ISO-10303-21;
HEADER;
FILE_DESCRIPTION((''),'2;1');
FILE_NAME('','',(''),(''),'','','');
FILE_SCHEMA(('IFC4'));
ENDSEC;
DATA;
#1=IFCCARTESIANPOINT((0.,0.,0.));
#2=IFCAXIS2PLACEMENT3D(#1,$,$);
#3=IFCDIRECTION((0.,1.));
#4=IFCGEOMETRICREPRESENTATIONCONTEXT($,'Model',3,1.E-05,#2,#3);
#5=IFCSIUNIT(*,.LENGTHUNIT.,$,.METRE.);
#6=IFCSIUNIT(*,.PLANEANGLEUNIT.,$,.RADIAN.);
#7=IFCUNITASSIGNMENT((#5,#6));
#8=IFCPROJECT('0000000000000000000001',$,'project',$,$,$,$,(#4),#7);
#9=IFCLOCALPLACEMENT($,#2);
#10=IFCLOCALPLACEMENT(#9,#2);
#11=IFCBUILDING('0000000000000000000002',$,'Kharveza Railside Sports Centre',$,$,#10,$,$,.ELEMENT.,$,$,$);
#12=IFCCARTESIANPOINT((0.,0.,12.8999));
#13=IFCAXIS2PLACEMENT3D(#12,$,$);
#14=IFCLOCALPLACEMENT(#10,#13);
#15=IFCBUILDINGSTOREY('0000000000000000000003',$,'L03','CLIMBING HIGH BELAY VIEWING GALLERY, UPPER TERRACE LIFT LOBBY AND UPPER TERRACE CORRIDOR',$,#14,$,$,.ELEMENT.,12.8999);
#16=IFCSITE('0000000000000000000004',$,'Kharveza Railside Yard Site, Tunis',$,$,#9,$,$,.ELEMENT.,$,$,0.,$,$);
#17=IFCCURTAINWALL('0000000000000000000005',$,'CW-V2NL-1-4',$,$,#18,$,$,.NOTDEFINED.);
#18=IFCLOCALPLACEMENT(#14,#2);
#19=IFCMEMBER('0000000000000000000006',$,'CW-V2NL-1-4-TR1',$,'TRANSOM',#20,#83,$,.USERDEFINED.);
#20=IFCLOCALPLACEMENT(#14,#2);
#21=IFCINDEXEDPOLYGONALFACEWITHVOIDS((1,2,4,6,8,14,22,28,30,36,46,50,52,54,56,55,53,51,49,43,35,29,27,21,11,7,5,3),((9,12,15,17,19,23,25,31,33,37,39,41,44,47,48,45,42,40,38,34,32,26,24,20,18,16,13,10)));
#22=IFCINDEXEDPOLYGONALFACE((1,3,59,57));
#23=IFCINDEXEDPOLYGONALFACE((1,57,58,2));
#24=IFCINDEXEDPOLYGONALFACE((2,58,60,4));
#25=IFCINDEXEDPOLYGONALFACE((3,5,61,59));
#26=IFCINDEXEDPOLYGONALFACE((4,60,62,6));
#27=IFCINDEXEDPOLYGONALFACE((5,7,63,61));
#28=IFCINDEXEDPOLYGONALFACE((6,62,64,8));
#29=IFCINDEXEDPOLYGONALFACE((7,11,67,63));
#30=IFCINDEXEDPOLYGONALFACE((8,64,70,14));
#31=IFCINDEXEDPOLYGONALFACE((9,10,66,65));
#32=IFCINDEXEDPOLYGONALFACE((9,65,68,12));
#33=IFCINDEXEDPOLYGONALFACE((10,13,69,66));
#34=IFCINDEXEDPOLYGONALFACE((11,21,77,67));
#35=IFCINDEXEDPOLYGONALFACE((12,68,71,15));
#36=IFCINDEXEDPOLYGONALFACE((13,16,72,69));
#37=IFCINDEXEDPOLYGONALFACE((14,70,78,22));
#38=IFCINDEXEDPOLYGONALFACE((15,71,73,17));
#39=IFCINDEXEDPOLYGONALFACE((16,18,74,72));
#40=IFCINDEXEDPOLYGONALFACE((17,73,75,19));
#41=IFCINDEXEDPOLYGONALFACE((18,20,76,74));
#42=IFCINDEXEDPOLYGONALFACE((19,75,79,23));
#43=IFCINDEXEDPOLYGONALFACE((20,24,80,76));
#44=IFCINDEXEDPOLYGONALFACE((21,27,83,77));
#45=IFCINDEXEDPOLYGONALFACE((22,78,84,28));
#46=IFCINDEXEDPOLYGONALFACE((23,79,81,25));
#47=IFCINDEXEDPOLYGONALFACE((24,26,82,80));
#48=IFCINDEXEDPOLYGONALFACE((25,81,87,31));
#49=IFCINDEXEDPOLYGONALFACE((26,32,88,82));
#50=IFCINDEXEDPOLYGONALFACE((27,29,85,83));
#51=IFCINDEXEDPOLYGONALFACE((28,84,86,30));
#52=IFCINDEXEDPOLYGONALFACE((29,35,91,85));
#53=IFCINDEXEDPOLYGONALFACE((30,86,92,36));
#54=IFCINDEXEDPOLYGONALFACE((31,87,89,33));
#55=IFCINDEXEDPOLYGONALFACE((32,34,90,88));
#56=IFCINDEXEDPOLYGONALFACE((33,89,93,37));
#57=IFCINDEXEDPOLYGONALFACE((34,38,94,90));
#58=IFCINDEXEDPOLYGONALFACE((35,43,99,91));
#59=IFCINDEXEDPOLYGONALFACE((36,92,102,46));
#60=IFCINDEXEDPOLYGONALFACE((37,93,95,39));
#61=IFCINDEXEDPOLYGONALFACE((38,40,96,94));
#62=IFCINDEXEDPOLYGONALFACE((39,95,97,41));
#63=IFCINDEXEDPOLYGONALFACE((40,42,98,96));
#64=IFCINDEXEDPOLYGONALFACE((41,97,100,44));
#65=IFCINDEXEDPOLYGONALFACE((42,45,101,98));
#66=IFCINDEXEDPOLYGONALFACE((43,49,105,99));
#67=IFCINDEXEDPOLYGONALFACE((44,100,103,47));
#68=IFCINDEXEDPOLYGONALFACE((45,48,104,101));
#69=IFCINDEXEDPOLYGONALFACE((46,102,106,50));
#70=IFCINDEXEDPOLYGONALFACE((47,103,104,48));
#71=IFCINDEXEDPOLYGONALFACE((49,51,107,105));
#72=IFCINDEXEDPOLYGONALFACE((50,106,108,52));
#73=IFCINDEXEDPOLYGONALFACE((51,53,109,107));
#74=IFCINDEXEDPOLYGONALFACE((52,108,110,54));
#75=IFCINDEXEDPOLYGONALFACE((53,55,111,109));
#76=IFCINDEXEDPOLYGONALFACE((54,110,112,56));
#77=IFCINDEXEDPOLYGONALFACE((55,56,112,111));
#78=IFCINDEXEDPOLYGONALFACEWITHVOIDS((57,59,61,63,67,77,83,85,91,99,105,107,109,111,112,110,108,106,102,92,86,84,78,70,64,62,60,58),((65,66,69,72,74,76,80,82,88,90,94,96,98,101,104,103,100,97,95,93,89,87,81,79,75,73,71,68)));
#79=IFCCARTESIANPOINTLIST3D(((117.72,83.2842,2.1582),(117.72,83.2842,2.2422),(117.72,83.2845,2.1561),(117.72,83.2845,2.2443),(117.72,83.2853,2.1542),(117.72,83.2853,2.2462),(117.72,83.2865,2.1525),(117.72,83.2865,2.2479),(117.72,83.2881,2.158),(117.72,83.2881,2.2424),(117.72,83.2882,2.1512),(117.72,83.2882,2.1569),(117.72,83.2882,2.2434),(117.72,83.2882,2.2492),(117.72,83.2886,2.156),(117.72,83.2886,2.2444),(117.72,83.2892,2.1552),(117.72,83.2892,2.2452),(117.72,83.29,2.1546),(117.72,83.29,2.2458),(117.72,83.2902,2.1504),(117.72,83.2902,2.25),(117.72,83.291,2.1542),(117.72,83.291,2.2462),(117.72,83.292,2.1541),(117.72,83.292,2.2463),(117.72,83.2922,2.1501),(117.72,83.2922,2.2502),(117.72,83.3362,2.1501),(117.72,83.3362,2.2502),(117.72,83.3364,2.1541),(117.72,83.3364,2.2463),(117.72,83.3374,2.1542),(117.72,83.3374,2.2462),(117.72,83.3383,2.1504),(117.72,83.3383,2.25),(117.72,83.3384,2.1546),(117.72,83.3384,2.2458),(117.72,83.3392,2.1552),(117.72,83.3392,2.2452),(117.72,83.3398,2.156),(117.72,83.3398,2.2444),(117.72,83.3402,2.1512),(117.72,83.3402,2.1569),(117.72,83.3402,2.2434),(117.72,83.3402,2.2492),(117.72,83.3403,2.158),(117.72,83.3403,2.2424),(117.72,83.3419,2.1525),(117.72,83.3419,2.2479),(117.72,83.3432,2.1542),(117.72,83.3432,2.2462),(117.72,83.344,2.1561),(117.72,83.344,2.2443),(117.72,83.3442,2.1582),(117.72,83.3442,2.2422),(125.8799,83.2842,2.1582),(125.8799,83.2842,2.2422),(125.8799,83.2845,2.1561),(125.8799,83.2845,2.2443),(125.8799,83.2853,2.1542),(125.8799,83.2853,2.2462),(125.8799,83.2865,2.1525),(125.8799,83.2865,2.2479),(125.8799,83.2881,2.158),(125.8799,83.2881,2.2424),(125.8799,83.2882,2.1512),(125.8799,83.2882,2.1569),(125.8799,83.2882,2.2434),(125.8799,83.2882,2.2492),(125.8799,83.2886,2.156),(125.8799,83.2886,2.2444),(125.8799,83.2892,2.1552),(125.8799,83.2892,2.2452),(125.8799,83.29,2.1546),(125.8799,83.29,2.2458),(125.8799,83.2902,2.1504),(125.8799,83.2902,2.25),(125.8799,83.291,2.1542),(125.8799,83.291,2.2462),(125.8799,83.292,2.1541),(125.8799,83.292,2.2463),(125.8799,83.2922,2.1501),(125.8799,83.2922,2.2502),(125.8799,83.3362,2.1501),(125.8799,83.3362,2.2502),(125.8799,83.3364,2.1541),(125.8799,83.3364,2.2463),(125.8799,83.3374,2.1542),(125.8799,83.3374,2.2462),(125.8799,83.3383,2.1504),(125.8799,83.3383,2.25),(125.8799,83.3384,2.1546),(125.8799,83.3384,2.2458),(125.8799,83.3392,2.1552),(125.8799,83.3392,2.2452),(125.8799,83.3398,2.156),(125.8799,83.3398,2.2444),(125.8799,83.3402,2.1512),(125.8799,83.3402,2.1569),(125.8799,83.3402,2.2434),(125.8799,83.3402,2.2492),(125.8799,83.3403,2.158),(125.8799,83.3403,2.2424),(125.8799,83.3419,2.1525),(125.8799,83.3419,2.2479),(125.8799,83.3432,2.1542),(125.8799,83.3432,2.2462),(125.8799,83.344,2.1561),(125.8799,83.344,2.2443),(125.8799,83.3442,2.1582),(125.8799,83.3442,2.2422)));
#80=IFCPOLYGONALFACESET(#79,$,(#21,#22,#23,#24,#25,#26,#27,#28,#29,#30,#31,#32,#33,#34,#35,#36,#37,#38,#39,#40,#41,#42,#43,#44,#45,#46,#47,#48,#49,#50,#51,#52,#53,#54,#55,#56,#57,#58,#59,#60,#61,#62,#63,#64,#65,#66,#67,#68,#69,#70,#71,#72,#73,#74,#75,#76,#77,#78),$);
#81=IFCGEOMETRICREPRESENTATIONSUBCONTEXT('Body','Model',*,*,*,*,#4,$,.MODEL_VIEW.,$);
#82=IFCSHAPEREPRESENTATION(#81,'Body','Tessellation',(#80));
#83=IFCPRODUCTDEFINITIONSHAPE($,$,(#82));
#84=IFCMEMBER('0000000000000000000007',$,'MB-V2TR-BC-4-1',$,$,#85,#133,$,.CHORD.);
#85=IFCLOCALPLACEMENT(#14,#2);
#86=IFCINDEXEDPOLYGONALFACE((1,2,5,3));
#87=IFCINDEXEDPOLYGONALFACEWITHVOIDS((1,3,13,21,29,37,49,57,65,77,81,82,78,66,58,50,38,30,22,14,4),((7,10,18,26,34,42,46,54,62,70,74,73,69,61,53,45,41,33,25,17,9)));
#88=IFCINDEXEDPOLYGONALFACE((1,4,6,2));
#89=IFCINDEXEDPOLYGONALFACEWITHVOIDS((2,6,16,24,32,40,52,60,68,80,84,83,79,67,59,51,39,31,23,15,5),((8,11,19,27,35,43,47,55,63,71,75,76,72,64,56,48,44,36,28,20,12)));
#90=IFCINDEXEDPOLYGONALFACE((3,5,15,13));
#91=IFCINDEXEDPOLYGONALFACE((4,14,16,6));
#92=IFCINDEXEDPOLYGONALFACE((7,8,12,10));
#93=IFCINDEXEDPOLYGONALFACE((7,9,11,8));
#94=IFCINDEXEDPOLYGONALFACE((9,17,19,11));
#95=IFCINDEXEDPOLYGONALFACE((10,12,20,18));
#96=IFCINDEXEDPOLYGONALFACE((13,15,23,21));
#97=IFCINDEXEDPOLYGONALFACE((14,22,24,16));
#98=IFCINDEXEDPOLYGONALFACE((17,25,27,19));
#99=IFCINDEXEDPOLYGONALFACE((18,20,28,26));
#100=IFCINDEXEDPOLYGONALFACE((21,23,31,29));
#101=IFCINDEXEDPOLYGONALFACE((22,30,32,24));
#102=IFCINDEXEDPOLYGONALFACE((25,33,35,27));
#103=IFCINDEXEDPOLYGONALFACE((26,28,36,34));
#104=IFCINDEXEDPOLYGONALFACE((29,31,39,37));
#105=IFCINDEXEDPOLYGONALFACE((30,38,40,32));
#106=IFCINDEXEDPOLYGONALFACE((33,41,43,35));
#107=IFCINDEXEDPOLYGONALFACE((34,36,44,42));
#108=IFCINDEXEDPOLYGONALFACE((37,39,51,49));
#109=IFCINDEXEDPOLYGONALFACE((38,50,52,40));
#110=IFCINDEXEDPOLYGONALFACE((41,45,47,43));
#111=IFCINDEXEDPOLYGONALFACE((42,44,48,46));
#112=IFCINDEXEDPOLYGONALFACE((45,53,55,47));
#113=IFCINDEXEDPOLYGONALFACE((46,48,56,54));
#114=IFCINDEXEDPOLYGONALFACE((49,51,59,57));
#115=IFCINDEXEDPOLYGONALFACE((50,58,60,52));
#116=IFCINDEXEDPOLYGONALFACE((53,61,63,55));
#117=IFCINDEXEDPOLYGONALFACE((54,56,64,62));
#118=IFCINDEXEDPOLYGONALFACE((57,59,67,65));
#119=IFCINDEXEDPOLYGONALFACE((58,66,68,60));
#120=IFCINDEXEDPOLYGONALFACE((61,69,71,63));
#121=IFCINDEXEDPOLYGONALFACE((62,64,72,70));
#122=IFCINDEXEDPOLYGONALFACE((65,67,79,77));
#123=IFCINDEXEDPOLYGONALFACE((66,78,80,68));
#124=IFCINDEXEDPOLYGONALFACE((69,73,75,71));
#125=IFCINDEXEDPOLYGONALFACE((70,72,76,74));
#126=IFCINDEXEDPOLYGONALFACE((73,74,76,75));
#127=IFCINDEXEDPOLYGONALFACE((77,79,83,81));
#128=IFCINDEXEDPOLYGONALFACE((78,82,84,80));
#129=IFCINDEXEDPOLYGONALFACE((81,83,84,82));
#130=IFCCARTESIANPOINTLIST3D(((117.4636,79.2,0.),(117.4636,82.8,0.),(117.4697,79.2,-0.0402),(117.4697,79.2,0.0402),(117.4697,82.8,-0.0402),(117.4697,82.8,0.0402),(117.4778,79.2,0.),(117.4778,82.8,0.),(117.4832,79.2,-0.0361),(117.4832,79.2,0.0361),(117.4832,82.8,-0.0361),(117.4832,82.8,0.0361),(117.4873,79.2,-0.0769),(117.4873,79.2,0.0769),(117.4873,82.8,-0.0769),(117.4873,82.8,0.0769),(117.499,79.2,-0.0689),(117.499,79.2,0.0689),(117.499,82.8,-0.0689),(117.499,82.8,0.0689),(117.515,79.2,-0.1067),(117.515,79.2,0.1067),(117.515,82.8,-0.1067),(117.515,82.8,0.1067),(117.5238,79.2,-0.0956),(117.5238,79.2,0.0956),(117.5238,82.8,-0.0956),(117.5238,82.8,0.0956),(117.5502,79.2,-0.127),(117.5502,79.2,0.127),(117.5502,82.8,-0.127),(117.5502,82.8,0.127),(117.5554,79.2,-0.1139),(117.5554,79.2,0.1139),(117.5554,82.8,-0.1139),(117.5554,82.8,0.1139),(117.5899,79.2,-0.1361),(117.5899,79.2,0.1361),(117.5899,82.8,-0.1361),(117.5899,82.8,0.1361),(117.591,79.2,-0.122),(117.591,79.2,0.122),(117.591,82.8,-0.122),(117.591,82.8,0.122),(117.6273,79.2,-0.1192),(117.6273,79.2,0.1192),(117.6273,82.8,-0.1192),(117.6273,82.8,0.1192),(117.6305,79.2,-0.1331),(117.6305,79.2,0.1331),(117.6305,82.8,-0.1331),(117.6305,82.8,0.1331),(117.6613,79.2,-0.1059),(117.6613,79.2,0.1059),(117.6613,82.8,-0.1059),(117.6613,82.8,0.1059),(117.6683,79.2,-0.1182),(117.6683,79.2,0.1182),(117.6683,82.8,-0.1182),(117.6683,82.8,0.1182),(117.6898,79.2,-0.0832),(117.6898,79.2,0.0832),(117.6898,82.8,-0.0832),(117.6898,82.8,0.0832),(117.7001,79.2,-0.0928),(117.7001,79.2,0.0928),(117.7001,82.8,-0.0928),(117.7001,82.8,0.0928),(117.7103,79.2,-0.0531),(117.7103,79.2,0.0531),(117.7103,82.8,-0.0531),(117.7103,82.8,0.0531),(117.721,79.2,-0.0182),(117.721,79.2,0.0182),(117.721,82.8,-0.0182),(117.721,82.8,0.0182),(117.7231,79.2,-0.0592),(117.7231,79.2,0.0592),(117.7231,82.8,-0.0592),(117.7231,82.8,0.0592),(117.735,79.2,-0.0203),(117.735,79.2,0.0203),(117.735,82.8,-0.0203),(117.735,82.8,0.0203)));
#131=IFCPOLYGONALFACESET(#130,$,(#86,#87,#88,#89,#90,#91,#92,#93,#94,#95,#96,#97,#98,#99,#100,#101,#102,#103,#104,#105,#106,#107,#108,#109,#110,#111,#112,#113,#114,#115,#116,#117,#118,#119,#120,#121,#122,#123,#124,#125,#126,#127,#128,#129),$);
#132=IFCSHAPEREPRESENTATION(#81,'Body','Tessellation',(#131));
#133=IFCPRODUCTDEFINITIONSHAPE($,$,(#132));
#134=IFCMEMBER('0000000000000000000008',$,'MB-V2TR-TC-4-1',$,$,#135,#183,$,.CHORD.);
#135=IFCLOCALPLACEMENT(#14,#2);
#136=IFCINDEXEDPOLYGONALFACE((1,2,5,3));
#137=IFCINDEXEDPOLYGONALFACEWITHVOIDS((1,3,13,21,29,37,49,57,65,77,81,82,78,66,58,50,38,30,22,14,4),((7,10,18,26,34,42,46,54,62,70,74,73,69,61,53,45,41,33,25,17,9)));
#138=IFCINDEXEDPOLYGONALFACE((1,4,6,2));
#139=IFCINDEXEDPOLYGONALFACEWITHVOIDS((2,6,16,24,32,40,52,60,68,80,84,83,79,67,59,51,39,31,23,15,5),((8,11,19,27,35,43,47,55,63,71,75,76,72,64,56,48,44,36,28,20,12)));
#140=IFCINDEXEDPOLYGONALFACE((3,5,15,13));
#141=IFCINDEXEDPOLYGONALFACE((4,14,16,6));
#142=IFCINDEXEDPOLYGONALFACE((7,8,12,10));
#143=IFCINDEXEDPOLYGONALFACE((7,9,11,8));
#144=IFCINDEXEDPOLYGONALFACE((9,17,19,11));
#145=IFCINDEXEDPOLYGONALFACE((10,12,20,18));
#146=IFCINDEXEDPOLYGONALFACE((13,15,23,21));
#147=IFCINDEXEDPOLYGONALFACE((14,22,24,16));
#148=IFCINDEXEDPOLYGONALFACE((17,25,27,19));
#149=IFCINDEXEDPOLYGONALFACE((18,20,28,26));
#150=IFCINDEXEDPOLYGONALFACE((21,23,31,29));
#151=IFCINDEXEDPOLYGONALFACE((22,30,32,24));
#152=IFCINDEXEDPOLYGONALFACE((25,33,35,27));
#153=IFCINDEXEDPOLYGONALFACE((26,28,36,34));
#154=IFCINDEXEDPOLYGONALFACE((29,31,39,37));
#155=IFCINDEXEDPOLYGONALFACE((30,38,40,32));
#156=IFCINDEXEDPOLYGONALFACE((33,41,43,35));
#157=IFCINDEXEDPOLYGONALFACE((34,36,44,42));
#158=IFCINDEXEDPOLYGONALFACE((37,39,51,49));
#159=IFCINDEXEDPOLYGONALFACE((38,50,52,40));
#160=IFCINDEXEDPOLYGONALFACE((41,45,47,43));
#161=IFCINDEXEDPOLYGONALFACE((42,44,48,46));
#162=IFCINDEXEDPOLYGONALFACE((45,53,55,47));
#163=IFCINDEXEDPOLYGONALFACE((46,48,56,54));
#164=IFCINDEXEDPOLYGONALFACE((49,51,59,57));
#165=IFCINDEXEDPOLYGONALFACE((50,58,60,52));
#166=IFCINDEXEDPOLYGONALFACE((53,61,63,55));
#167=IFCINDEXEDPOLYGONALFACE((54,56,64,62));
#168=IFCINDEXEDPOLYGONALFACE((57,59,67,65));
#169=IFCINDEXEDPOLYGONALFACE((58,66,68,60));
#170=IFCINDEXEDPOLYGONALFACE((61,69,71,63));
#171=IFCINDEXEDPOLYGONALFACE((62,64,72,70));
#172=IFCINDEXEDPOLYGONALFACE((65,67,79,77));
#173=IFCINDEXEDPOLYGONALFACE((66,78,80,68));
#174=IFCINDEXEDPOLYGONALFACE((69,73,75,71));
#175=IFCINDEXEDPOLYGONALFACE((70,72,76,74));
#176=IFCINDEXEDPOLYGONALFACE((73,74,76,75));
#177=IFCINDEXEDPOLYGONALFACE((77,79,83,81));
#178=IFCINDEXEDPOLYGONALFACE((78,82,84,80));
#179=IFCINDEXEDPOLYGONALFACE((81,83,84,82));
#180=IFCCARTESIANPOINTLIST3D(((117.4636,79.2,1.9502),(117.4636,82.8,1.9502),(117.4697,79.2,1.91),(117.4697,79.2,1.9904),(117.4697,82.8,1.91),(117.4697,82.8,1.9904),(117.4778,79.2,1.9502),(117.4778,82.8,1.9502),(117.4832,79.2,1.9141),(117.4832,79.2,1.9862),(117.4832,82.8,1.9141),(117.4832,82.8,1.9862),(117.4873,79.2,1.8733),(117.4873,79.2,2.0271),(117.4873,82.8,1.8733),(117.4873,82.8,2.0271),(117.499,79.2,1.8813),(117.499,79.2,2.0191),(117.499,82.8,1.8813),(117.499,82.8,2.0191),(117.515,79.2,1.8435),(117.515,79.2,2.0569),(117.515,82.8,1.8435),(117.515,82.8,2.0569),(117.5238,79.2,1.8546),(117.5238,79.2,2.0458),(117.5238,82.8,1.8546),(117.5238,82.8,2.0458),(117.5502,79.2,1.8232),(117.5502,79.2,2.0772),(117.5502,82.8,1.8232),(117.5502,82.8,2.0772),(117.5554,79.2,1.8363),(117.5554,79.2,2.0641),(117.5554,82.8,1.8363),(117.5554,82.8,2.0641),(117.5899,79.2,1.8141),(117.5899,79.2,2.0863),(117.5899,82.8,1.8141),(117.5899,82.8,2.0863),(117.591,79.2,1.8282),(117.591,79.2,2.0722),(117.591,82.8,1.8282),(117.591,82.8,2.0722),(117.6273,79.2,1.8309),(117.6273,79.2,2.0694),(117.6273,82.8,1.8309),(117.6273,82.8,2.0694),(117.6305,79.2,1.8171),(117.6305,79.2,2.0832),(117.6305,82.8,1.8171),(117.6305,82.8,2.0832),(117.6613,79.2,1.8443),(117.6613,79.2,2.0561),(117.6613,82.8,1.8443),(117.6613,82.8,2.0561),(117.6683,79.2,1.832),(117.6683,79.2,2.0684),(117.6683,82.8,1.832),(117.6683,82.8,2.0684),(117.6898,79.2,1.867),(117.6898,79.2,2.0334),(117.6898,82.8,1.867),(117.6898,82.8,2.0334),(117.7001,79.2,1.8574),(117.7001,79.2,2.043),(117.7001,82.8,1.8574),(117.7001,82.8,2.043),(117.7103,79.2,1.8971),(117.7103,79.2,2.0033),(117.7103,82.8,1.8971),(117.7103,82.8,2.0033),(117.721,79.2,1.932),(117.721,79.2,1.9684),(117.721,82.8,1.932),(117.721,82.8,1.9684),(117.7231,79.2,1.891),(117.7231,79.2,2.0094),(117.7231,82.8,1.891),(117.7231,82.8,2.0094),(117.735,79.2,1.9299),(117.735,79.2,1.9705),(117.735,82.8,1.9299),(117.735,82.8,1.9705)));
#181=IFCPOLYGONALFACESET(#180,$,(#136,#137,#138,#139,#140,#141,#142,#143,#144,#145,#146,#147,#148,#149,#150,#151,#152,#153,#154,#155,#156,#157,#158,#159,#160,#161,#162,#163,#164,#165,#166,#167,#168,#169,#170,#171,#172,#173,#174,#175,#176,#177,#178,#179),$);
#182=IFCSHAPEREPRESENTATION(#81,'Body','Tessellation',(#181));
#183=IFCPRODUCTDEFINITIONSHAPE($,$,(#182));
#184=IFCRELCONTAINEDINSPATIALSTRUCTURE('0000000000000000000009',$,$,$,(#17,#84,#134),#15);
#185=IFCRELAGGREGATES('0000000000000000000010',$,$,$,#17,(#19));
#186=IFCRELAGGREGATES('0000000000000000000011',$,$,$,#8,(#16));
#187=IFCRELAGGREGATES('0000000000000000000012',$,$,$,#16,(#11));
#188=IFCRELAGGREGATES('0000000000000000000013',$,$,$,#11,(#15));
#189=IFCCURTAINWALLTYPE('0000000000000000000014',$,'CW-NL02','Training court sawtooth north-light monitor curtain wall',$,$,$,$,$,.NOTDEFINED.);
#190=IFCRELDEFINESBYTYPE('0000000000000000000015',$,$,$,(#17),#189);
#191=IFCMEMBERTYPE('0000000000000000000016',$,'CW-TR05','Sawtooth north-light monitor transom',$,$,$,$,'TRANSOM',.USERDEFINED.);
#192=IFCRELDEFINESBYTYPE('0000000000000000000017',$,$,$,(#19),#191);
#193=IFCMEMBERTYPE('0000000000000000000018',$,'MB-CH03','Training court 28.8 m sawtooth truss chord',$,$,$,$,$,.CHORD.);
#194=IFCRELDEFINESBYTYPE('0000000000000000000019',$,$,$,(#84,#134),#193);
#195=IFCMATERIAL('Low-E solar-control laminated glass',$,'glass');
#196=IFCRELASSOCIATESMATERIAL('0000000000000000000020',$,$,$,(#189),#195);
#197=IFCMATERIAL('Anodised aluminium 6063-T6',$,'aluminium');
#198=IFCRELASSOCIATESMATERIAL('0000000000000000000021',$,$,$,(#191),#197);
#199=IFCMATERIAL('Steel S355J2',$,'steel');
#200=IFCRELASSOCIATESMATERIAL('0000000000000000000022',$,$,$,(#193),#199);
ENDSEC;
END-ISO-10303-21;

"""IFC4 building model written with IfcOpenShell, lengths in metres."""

from ifc_helpers import new_model, si_unit, direction, frame, origin, origin_2d, place, context, subcontext, project, spatial, hollow_rectangle, hollow_circle, extrude, material, material_profile, profile_set, type_object, element, aggregate, save


model = new_model("IFC4")

# Units and contexts
model_context = context("Model", 3, precision=1e-05, world=origin(), true_north=direction((0.0, 1.0)))
body_context = subcontext(model_context, "Body", "Model", "MODEL_VIEW")
ifc_project = project(units=[si_unit("LENGTHUNIT", "METRE"), si_unit("PLANEANGLEUNIT", "RADIAN")], contexts=[model_context])

# Site, building, storey
site_placement = place(None, origin())
site = spatial("IfcSite", under=ifc_project, at=site_placement, Name="Kharveza Railside Yard Site, Tunis", CompositionType="ELEMENT", RefElevation=0.0)
building_placement = place(site_placement, origin())
building = spatial("IfcBuilding", under=site, at=building_placement, Name="Kharveza Railside Sports Centre", CompositionType="ELEMENT")
storey_placement = place(building_placement, frame((0.0, 0.0, 12.8999)))
storey = spatial("IfcBuildingStorey", under=building, at=storey_placement, Name="L03", Description="CLIMBING HIGH BELAY VIEWING GALLERY, UPPER TERRACE LIFT LOBBY AND UPPER TERRACE CORRIDOR", CompositionType="ELEMENT", Elevation=12.8999)

# Shared definitions
ifc_material_1 = material(Name="Steel S355J2", Category="steel")

# Shared definitions
ifc_material_2 = material(Name="Low-E solar-control laminated glass", Category="glass")
curtain_wall_type = type_object("IfcCurtainWallType", Name="CW-NL02", Description="Training court sawtooth north-light monitor curtain wall", PredefinedType="NOTDEFINED", material=ifc_material_2)
ifc_material_3 = material(Name="Anodised aluminium 6063-T6", Category="aluminium")

# Curtain wall
curtain_wall_1_placement = place(storey_placement, origin())
curtain_wall_1 = element("IfcCurtainWall", 1, at=curtain_wall_1_placement, inside=storey, type_object=curtain_wall_type, Name="CW-V2NL-1-4", PredefinedType="NOTDEFINED")

# Member
ifc_material_profile_1 = material_profile(ifc_material_3, hollow_rectangle(XDim=0.0601, YDim=0.1001, WallThickness=0.0039, InnerFilletRadius=0.0039, OuterFilletRadius=0.0081, at=origin_2d()), Name="RHS 60x100x4.0")
ifc_profile_set_1 = profile_set([ifc_material_profile_1], Name="Anodised aluminium 6063-T6")
member_type_1 = type_object("IfcMemberType", Name="CW-TR05", Description="Sawtooth north-light monitor transom", ElementType="TRANSOM", PredefinedType="USERDEFINED", material=ifc_profile_set_1)
member_1_placement = place(storey_placement, frame((117.72, 83.3142, 2.2002), z_axis=(1.0, 0.0, 0.0), x_axis=(0.0, 1.0, 0.0)))
member_1 = element("IfcMember", 2, at=member_1_placement, type_object=member_type_1, Name="CW-V2NL-1-4-TR1", ObjectType="TRANSOM", PredefinedType="USERDEFINED", context=body_context, shape_type="SweptSolid", body=[
    extrude(hollow_rectangle(XDim=0.0601, YDim=0.1001, WallThickness=0.0039, InnerFilletRadius=0.0039, OuterFilletRadius=0.0081, at=origin_2d()), origin(), (0.0, 0.0, 1.0), 8.1599),
])
aggregate(curtain_wall_1, [member_1])

# Members
ifc_material_profile_2 = material_profile(ifc_material_1, hollow_circle(Radius=0.1365, WallThickness=0.0142, at=origin_2d()), Name="CHS 273.0x14.2")
ifc_profile_set_2 = profile_set([ifc_material_profile_2], Name="Steel S355J2")
member_type_2 = type_object("IfcMemberType", Name="MB-CH03", Description="Training court 28.8 m sawtooth truss chord", PredefinedType="CHORD", material=ifc_profile_set_2)
for number, where, z_axis, x_axis, name in (
    (3, (117.6001, 79.2, 0.0), (0.0, 1.0, 0.0), (-1.0, 0.0, 0.0), "MB-V2TR-BC-4-1"),
    (4, (117.6001, 79.2, 1.9502), (0.0, 1.0, 0.0), (-1.0, 0.0, 0.0), "MB-V2TR-TC-4-1"),
):
    element("IfcMember", number, at=place(storey_placement, frame(where, z_axis=z_axis, x_axis=x_axis)), inside=storey, type_object=member_type_2, Name=name, PredefinedType="CHORD", context=body_context, shape_type="SweptSolid", body=[
        extrude(hollow_circle(Radius=0.1365, WallThickness=0.0142, at=origin_2d()), origin(), (0.0, 0.0, 1.0), 3.6001),
    ])

save(model, "model.ifc")
